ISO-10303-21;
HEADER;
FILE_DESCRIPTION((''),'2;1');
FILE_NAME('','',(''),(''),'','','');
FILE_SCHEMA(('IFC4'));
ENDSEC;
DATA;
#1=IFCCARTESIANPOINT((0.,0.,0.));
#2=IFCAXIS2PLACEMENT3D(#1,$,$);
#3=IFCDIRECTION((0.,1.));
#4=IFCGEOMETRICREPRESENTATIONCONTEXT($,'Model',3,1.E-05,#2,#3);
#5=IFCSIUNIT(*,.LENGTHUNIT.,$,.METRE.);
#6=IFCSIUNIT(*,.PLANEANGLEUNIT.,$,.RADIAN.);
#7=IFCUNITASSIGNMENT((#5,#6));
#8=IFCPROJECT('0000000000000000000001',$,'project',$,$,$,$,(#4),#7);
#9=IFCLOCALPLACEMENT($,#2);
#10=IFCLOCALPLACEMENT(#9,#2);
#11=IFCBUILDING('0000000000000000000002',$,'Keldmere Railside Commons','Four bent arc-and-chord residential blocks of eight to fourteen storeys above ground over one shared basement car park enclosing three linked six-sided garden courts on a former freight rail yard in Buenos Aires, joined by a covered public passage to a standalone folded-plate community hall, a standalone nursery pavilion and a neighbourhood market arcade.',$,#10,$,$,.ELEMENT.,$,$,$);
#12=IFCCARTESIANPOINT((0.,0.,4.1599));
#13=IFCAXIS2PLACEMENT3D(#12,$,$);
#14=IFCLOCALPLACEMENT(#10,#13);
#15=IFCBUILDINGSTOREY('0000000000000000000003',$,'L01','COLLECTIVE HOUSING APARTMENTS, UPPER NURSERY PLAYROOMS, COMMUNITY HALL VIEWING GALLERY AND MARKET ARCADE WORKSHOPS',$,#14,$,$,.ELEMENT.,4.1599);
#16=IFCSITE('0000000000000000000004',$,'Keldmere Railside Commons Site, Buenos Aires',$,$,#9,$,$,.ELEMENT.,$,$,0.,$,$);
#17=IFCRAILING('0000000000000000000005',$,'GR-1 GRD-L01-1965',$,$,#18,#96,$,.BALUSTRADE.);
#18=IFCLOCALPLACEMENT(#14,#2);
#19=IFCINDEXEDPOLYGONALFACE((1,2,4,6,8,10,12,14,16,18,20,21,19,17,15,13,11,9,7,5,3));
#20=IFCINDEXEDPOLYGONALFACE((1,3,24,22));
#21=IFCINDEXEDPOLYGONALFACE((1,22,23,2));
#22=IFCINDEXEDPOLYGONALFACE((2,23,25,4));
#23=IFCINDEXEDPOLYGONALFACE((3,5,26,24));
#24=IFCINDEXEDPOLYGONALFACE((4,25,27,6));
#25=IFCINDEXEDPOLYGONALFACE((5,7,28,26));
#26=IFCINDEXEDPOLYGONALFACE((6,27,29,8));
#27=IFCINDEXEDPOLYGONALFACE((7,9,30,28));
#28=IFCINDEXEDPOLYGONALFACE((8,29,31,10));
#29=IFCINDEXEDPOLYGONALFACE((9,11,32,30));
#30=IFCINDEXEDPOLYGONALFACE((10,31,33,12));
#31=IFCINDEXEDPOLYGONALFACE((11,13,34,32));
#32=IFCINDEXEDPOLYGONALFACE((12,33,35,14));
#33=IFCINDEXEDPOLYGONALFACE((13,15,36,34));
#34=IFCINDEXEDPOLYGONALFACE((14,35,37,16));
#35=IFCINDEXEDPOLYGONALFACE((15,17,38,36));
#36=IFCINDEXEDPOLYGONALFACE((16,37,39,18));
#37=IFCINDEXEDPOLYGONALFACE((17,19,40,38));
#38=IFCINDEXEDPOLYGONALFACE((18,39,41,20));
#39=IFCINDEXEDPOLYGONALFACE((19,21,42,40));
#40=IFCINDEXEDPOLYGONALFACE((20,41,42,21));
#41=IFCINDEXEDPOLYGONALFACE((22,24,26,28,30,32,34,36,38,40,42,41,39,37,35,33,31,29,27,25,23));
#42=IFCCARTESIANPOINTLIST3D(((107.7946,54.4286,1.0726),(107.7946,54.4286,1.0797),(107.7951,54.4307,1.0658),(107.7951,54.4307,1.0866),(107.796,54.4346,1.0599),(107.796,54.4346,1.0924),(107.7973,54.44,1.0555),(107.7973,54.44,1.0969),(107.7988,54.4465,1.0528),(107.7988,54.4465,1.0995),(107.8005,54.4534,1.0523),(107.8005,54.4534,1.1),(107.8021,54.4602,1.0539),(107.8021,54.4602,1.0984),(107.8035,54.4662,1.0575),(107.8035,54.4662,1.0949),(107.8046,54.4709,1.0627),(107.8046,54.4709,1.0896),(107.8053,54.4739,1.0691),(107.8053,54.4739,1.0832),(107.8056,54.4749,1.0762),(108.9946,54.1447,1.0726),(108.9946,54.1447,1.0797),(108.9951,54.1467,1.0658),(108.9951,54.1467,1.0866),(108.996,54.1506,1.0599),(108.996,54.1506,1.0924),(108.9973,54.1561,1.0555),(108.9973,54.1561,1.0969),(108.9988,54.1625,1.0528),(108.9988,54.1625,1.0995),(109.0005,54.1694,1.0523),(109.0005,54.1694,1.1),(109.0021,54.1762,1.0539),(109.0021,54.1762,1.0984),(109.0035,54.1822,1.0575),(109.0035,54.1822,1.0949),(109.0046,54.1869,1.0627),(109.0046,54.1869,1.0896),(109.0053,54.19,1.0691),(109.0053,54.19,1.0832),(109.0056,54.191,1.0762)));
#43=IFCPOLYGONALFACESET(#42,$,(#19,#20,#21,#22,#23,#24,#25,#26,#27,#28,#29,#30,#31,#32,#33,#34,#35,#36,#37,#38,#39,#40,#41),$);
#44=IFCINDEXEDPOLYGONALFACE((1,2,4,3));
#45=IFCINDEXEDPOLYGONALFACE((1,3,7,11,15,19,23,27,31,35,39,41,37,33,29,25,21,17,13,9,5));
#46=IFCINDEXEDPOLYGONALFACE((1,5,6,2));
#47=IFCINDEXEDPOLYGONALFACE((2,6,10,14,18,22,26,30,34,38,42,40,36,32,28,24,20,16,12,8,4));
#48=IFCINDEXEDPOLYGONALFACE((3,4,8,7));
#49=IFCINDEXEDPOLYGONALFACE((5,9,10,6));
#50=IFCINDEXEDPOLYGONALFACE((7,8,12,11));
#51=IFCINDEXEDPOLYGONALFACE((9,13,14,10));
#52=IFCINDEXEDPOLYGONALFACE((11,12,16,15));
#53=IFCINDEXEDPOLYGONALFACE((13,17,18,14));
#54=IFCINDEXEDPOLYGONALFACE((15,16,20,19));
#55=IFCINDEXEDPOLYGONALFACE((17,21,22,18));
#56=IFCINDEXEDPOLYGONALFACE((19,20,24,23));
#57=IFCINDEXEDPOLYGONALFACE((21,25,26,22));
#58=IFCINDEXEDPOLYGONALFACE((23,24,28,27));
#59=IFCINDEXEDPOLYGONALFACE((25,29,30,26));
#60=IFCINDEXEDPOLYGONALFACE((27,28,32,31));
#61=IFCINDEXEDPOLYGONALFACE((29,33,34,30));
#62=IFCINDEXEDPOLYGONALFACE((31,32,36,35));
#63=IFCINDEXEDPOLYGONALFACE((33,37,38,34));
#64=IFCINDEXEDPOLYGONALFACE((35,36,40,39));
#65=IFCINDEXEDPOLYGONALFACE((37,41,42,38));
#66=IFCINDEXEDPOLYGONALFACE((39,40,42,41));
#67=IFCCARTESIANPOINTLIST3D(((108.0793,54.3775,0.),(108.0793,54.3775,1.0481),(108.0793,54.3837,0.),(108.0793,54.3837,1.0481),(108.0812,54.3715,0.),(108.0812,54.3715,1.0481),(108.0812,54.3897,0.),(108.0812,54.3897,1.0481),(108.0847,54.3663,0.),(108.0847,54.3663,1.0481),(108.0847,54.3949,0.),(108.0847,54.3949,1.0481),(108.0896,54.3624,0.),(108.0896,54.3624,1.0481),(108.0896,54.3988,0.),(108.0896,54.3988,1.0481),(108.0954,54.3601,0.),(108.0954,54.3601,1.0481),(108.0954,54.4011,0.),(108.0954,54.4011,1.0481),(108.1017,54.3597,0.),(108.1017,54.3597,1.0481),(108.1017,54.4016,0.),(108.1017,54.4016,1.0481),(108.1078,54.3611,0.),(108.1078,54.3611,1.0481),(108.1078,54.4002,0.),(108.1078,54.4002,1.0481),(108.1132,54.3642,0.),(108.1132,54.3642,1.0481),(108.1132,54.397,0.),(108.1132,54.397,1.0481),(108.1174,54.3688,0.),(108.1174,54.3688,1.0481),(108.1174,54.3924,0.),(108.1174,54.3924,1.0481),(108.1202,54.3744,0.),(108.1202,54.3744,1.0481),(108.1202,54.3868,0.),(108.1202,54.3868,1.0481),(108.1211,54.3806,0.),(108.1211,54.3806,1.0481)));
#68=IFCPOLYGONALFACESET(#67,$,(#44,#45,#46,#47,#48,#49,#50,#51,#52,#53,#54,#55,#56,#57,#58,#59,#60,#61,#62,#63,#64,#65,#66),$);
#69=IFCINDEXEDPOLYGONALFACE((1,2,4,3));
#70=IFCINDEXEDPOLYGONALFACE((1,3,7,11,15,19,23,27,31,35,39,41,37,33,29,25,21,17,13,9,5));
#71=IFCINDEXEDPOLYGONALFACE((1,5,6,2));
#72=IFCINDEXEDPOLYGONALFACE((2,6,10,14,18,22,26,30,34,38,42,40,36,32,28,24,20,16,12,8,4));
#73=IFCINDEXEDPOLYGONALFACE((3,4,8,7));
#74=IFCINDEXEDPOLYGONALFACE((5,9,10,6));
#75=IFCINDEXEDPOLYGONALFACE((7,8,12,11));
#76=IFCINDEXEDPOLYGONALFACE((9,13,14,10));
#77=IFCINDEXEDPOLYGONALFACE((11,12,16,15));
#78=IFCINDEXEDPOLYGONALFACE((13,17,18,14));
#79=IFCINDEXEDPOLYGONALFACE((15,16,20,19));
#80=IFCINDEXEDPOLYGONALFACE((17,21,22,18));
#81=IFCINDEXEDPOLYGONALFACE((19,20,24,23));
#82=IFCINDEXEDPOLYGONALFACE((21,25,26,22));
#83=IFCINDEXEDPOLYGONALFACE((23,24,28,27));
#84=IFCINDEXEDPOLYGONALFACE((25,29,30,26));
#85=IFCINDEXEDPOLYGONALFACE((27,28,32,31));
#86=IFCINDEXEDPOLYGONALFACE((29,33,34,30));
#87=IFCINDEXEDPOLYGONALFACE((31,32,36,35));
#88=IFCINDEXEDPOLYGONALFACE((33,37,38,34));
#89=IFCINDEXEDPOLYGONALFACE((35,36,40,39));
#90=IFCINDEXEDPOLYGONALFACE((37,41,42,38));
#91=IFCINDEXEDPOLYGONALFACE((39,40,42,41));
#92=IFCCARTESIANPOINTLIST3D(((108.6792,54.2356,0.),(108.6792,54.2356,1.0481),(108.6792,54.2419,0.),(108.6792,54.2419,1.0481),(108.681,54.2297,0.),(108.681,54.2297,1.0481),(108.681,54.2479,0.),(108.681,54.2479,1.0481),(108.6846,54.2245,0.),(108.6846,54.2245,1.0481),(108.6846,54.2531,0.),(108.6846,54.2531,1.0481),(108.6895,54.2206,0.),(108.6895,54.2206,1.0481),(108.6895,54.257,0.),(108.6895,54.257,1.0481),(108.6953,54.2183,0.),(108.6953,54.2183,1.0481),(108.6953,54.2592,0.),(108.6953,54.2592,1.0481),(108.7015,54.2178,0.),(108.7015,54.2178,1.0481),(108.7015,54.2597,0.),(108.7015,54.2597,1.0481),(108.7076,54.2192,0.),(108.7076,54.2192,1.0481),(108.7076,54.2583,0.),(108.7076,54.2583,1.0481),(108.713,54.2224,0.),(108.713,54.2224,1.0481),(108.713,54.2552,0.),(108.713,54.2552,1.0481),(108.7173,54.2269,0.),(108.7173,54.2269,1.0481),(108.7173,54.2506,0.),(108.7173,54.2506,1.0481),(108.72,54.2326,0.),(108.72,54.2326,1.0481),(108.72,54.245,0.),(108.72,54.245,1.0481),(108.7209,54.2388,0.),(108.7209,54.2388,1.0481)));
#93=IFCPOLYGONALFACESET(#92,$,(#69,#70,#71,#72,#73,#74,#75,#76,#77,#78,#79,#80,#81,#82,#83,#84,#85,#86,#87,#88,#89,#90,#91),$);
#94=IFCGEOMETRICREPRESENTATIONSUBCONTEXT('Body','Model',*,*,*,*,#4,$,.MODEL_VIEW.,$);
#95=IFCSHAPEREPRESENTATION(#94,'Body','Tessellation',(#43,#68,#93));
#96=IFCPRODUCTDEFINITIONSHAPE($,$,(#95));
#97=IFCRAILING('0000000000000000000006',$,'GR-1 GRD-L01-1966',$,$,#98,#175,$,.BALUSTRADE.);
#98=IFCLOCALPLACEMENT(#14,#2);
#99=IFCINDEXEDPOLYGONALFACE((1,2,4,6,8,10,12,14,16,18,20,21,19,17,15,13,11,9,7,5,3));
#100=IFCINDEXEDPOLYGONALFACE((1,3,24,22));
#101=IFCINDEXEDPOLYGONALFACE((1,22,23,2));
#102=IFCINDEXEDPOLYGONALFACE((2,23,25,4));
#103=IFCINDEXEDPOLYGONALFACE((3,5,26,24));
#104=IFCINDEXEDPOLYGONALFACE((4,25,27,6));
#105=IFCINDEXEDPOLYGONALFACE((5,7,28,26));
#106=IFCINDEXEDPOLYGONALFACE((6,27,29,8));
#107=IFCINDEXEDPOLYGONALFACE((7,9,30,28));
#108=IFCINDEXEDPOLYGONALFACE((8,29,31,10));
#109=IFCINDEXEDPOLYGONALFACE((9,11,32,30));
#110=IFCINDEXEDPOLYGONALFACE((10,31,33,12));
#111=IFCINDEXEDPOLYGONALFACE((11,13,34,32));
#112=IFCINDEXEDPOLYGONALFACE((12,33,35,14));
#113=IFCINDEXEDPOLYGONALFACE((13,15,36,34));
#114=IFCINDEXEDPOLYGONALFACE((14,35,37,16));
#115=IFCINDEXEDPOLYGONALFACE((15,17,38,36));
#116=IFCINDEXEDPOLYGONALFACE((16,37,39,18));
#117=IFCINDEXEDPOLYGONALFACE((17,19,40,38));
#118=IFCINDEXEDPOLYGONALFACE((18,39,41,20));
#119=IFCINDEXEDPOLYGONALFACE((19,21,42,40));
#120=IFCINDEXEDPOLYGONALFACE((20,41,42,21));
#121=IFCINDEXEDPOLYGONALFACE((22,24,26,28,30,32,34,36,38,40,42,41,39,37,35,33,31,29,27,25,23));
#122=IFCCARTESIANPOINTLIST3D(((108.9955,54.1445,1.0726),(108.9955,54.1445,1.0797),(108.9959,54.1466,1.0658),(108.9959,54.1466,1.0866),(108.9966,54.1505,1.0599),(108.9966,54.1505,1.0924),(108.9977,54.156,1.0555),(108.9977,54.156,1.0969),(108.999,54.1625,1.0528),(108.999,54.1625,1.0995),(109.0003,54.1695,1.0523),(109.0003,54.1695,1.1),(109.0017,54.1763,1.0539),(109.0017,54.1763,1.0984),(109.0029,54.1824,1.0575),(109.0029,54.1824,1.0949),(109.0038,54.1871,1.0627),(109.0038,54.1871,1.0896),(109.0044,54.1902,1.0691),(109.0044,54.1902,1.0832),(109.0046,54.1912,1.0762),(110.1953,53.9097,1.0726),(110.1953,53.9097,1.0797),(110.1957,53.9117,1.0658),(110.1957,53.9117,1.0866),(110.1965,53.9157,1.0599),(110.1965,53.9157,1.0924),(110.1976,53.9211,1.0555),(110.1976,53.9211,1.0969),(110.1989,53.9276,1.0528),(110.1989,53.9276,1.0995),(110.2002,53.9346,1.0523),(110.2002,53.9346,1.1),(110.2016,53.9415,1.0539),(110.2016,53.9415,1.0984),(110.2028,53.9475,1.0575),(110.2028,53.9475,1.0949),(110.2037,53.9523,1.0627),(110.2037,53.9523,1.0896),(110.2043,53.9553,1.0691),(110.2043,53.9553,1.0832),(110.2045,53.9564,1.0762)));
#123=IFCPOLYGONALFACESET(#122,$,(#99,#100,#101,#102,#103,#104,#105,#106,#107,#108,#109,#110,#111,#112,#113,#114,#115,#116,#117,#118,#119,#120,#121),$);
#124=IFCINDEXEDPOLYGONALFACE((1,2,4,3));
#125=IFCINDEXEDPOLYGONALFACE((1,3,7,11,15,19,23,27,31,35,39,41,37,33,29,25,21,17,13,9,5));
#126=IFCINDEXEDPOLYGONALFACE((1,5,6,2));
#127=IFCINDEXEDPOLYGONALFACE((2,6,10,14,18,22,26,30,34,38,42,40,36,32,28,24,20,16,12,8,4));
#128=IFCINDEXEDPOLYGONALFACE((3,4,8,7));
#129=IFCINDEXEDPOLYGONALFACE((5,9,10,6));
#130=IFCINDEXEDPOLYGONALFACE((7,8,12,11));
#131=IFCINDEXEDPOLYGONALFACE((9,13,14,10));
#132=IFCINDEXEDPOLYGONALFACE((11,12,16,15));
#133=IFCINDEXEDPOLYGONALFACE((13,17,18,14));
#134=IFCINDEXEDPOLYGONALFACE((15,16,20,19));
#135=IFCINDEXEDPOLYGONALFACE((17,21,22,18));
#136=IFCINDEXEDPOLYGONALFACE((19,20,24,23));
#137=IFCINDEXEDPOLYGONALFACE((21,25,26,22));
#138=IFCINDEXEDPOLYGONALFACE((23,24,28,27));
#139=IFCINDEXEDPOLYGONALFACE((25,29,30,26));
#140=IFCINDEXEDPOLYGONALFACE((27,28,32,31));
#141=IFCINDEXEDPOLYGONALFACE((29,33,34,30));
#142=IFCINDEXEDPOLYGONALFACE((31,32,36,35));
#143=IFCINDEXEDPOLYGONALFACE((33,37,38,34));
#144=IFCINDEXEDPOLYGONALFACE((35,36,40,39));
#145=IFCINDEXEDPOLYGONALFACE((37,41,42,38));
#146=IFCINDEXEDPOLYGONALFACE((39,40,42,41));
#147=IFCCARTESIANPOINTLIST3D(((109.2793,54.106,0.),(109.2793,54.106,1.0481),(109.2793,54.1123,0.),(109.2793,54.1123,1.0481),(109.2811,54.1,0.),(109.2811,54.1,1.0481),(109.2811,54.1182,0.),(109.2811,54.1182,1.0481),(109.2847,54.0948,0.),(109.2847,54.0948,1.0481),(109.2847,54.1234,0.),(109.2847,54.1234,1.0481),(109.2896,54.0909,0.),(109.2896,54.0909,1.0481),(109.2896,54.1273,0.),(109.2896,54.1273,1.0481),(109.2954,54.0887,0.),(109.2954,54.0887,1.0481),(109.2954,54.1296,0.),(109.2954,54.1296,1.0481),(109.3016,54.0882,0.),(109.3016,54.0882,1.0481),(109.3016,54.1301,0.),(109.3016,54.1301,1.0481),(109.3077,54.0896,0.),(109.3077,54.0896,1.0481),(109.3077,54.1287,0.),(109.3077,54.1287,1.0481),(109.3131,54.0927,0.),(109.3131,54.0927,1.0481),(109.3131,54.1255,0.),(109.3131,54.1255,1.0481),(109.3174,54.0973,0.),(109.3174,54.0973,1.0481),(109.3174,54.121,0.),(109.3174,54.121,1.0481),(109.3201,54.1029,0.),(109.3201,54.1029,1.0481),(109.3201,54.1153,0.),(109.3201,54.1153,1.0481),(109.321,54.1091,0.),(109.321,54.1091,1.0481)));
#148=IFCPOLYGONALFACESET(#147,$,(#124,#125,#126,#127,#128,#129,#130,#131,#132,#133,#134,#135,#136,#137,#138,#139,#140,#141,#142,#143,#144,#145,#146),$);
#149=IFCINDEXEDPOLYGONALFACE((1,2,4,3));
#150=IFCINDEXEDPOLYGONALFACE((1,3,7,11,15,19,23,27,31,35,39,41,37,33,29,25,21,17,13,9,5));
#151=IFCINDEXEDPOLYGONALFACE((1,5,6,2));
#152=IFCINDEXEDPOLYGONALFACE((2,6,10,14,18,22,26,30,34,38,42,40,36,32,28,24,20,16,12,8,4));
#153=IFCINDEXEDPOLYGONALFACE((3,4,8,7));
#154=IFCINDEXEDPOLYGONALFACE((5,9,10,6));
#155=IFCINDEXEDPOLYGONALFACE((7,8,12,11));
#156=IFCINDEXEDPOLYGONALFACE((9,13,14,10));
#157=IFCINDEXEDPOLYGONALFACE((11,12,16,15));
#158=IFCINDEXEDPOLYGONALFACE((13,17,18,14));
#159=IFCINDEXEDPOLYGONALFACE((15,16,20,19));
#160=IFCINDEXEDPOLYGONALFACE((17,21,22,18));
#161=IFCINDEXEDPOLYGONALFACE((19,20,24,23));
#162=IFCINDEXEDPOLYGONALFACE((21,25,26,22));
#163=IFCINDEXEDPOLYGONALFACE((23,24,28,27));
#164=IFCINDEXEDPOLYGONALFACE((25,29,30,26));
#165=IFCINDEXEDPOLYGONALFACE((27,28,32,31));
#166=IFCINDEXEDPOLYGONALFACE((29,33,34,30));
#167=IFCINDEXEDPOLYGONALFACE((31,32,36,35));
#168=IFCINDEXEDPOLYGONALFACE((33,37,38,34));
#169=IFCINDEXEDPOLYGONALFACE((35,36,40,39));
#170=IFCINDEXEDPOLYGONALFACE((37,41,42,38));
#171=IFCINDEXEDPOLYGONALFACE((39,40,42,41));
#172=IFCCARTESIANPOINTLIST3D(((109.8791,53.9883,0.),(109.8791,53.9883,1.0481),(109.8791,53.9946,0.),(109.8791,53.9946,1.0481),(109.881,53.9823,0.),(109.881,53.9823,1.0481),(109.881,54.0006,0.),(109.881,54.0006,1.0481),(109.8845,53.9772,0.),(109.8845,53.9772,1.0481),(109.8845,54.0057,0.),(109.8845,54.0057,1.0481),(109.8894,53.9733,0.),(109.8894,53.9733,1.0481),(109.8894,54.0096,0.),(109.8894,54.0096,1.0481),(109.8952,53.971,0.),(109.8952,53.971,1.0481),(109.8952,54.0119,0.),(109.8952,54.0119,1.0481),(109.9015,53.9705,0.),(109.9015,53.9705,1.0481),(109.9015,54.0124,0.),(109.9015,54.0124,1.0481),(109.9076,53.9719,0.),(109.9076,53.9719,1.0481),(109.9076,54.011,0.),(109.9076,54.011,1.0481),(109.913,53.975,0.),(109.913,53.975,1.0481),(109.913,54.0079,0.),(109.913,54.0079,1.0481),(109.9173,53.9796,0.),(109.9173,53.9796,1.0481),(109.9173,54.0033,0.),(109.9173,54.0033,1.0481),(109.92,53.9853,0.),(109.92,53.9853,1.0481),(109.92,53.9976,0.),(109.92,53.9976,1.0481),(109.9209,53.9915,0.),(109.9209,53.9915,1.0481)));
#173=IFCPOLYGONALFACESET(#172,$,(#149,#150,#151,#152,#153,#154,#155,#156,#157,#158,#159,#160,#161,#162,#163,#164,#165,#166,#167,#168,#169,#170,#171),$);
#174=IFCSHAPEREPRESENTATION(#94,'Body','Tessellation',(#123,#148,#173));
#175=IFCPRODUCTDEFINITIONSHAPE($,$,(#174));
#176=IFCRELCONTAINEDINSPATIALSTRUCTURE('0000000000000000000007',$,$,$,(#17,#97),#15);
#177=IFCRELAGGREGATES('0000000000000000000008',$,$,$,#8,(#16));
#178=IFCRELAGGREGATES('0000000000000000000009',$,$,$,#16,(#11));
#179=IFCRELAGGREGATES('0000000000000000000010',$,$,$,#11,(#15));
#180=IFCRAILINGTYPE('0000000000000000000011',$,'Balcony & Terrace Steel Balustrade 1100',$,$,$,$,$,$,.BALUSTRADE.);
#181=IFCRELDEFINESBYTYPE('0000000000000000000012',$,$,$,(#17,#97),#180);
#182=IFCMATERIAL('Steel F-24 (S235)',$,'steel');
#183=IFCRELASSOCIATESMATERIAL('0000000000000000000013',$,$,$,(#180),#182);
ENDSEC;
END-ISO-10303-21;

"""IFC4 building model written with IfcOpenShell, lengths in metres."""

from ifc_helpers import new_model, si_unit, direction, frame, origin, origin_2d, place, context, subcontext, project, spatial, circle, extrude, material, type_object, element, save


model = new_model("IFC4")

# Units and contexts
model_context = context("Model", 3, precision=1e-05, world=origin(), true_north=direction((0.0, 1.0)))
body_context = subcontext(model_context, "Body", "Model", "MODEL_VIEW")
ifc_project = project(units=[si_unit("LENGTHUNIT", "METRE"), si_unit("PLANEANGLEUNIT", "RADIAN")], contexts=[model_context])

# Site, building, storey
site_placement = place(None, origin())
site = spatial("IfcSite", under=ifc_project, at=site_placement, Name="Keldmere Railside Commons Site, Buenos Aires", CompositionType="ELEMENT", RefElevation=0.0)
building_placement = place(site_placement, origin())
building = spatial("IfcBuilding", under=site, at=building_placement, Name="Keldmere Railside Commons", Description="Four bent arc-and-chord residential blocks of eight to fourteen storeys above ground over one shared basement car park enclosing three linked six-sided garden courts on a former freight rail yard in Buenos Aires, joined by a covered public passage to a standalone folded-plate community hall, a standalone nursery pavilion and a neighbourhood market arcade.", CompositionType="ELEMENT")
storey_placement = place(building_placement, frame((0.0, 0.0, 4.1599)))
storey = spatial("IfcBuildingStorey", under=building, at=storey_placement, Name="L01", Description="COLLECTIVE HOUSING APARTMENTS, UPPER NURSERY PLAYROOMS, COMMUNITY HALL VIEWING GALLERY AND MARKET ARCADE WORKSHOPS", CompositionType="ELEMENT", Elevation=4.1599)

# Railings
ifc_material_1 = material(Name="Steel F-24 (S235)", Category="steel")
railing_type = type_object("IfcRailingType", Name="Balcony & Terrace Steel Balustrade 1100", PredefinedType="BALUSTRADE", material=ifc_material_1)
railing_1_placement = place(storey_placement, frame((107.8, 54.4517, 0.0)))
element("IfcRailing", 1, at=railing_1_placement, inside=storey, type_object=railing_type, Name="GR-1 GRD-L01-1965", PredefinedType="BALUSTRADE", context=body_context, shape_type="SweptSolid", body=[
    extrude(circle(Radius=0.0239, at=origin_2d()), frame((0.0, 0.0, 1.0762), z_axis=(0.973128, -0.230264, 0.0), x_axis=(0.230264, 0.973128, 0.0)), (0.0, 0.0, 1.0), 1.2332),
    extrude(circle(Radius=0.021, at=origin_2d()), frame((0.3, -0.071, 0.0)), (0.0, 0.0, 1.0), 1.0481),
    extrude(circle(Radius=0.021, at=origin_2d()), frame((0.8999, -0.2129, 0.0)), (0.0, 0.0, 1.0), 1.0481),
])
railing_2_placement = place(storey_placement, frame((109.0, 54.1677, 0.0)))
element("IfcRailing", 2, at=railing_2_placement, inside=storey, type_object=railing_type, Name="GR-1 GRD-L01-1966", PredefinedType="BALUSTRADE", context=body_context, shape_type="SweptSolid", body=[
    extrude(circle(Radius=0.0239, at=origin_2d()), frame((0.0, 0.0, 1.0762), z_axis=(0.981379, -0.192083, 0.0), x_axis=(0.192083, 0.981379, 0.0)), (0.0, 0.0, 1.0), 1.2227),
    extrude(circle(Radius=0.021, at=origin_2d()), frame((0.3, -0.0586, 0.0)), (0.0, 0.0, 1.0), 1.0481),
    extrude(circle(Radius=0.021, at=origin_2d()), frame((0.8999, -0.1763, 0.0)), (0.0, 0.0, 1.0), 1.0481),
])

save(model, "model.ifc")
